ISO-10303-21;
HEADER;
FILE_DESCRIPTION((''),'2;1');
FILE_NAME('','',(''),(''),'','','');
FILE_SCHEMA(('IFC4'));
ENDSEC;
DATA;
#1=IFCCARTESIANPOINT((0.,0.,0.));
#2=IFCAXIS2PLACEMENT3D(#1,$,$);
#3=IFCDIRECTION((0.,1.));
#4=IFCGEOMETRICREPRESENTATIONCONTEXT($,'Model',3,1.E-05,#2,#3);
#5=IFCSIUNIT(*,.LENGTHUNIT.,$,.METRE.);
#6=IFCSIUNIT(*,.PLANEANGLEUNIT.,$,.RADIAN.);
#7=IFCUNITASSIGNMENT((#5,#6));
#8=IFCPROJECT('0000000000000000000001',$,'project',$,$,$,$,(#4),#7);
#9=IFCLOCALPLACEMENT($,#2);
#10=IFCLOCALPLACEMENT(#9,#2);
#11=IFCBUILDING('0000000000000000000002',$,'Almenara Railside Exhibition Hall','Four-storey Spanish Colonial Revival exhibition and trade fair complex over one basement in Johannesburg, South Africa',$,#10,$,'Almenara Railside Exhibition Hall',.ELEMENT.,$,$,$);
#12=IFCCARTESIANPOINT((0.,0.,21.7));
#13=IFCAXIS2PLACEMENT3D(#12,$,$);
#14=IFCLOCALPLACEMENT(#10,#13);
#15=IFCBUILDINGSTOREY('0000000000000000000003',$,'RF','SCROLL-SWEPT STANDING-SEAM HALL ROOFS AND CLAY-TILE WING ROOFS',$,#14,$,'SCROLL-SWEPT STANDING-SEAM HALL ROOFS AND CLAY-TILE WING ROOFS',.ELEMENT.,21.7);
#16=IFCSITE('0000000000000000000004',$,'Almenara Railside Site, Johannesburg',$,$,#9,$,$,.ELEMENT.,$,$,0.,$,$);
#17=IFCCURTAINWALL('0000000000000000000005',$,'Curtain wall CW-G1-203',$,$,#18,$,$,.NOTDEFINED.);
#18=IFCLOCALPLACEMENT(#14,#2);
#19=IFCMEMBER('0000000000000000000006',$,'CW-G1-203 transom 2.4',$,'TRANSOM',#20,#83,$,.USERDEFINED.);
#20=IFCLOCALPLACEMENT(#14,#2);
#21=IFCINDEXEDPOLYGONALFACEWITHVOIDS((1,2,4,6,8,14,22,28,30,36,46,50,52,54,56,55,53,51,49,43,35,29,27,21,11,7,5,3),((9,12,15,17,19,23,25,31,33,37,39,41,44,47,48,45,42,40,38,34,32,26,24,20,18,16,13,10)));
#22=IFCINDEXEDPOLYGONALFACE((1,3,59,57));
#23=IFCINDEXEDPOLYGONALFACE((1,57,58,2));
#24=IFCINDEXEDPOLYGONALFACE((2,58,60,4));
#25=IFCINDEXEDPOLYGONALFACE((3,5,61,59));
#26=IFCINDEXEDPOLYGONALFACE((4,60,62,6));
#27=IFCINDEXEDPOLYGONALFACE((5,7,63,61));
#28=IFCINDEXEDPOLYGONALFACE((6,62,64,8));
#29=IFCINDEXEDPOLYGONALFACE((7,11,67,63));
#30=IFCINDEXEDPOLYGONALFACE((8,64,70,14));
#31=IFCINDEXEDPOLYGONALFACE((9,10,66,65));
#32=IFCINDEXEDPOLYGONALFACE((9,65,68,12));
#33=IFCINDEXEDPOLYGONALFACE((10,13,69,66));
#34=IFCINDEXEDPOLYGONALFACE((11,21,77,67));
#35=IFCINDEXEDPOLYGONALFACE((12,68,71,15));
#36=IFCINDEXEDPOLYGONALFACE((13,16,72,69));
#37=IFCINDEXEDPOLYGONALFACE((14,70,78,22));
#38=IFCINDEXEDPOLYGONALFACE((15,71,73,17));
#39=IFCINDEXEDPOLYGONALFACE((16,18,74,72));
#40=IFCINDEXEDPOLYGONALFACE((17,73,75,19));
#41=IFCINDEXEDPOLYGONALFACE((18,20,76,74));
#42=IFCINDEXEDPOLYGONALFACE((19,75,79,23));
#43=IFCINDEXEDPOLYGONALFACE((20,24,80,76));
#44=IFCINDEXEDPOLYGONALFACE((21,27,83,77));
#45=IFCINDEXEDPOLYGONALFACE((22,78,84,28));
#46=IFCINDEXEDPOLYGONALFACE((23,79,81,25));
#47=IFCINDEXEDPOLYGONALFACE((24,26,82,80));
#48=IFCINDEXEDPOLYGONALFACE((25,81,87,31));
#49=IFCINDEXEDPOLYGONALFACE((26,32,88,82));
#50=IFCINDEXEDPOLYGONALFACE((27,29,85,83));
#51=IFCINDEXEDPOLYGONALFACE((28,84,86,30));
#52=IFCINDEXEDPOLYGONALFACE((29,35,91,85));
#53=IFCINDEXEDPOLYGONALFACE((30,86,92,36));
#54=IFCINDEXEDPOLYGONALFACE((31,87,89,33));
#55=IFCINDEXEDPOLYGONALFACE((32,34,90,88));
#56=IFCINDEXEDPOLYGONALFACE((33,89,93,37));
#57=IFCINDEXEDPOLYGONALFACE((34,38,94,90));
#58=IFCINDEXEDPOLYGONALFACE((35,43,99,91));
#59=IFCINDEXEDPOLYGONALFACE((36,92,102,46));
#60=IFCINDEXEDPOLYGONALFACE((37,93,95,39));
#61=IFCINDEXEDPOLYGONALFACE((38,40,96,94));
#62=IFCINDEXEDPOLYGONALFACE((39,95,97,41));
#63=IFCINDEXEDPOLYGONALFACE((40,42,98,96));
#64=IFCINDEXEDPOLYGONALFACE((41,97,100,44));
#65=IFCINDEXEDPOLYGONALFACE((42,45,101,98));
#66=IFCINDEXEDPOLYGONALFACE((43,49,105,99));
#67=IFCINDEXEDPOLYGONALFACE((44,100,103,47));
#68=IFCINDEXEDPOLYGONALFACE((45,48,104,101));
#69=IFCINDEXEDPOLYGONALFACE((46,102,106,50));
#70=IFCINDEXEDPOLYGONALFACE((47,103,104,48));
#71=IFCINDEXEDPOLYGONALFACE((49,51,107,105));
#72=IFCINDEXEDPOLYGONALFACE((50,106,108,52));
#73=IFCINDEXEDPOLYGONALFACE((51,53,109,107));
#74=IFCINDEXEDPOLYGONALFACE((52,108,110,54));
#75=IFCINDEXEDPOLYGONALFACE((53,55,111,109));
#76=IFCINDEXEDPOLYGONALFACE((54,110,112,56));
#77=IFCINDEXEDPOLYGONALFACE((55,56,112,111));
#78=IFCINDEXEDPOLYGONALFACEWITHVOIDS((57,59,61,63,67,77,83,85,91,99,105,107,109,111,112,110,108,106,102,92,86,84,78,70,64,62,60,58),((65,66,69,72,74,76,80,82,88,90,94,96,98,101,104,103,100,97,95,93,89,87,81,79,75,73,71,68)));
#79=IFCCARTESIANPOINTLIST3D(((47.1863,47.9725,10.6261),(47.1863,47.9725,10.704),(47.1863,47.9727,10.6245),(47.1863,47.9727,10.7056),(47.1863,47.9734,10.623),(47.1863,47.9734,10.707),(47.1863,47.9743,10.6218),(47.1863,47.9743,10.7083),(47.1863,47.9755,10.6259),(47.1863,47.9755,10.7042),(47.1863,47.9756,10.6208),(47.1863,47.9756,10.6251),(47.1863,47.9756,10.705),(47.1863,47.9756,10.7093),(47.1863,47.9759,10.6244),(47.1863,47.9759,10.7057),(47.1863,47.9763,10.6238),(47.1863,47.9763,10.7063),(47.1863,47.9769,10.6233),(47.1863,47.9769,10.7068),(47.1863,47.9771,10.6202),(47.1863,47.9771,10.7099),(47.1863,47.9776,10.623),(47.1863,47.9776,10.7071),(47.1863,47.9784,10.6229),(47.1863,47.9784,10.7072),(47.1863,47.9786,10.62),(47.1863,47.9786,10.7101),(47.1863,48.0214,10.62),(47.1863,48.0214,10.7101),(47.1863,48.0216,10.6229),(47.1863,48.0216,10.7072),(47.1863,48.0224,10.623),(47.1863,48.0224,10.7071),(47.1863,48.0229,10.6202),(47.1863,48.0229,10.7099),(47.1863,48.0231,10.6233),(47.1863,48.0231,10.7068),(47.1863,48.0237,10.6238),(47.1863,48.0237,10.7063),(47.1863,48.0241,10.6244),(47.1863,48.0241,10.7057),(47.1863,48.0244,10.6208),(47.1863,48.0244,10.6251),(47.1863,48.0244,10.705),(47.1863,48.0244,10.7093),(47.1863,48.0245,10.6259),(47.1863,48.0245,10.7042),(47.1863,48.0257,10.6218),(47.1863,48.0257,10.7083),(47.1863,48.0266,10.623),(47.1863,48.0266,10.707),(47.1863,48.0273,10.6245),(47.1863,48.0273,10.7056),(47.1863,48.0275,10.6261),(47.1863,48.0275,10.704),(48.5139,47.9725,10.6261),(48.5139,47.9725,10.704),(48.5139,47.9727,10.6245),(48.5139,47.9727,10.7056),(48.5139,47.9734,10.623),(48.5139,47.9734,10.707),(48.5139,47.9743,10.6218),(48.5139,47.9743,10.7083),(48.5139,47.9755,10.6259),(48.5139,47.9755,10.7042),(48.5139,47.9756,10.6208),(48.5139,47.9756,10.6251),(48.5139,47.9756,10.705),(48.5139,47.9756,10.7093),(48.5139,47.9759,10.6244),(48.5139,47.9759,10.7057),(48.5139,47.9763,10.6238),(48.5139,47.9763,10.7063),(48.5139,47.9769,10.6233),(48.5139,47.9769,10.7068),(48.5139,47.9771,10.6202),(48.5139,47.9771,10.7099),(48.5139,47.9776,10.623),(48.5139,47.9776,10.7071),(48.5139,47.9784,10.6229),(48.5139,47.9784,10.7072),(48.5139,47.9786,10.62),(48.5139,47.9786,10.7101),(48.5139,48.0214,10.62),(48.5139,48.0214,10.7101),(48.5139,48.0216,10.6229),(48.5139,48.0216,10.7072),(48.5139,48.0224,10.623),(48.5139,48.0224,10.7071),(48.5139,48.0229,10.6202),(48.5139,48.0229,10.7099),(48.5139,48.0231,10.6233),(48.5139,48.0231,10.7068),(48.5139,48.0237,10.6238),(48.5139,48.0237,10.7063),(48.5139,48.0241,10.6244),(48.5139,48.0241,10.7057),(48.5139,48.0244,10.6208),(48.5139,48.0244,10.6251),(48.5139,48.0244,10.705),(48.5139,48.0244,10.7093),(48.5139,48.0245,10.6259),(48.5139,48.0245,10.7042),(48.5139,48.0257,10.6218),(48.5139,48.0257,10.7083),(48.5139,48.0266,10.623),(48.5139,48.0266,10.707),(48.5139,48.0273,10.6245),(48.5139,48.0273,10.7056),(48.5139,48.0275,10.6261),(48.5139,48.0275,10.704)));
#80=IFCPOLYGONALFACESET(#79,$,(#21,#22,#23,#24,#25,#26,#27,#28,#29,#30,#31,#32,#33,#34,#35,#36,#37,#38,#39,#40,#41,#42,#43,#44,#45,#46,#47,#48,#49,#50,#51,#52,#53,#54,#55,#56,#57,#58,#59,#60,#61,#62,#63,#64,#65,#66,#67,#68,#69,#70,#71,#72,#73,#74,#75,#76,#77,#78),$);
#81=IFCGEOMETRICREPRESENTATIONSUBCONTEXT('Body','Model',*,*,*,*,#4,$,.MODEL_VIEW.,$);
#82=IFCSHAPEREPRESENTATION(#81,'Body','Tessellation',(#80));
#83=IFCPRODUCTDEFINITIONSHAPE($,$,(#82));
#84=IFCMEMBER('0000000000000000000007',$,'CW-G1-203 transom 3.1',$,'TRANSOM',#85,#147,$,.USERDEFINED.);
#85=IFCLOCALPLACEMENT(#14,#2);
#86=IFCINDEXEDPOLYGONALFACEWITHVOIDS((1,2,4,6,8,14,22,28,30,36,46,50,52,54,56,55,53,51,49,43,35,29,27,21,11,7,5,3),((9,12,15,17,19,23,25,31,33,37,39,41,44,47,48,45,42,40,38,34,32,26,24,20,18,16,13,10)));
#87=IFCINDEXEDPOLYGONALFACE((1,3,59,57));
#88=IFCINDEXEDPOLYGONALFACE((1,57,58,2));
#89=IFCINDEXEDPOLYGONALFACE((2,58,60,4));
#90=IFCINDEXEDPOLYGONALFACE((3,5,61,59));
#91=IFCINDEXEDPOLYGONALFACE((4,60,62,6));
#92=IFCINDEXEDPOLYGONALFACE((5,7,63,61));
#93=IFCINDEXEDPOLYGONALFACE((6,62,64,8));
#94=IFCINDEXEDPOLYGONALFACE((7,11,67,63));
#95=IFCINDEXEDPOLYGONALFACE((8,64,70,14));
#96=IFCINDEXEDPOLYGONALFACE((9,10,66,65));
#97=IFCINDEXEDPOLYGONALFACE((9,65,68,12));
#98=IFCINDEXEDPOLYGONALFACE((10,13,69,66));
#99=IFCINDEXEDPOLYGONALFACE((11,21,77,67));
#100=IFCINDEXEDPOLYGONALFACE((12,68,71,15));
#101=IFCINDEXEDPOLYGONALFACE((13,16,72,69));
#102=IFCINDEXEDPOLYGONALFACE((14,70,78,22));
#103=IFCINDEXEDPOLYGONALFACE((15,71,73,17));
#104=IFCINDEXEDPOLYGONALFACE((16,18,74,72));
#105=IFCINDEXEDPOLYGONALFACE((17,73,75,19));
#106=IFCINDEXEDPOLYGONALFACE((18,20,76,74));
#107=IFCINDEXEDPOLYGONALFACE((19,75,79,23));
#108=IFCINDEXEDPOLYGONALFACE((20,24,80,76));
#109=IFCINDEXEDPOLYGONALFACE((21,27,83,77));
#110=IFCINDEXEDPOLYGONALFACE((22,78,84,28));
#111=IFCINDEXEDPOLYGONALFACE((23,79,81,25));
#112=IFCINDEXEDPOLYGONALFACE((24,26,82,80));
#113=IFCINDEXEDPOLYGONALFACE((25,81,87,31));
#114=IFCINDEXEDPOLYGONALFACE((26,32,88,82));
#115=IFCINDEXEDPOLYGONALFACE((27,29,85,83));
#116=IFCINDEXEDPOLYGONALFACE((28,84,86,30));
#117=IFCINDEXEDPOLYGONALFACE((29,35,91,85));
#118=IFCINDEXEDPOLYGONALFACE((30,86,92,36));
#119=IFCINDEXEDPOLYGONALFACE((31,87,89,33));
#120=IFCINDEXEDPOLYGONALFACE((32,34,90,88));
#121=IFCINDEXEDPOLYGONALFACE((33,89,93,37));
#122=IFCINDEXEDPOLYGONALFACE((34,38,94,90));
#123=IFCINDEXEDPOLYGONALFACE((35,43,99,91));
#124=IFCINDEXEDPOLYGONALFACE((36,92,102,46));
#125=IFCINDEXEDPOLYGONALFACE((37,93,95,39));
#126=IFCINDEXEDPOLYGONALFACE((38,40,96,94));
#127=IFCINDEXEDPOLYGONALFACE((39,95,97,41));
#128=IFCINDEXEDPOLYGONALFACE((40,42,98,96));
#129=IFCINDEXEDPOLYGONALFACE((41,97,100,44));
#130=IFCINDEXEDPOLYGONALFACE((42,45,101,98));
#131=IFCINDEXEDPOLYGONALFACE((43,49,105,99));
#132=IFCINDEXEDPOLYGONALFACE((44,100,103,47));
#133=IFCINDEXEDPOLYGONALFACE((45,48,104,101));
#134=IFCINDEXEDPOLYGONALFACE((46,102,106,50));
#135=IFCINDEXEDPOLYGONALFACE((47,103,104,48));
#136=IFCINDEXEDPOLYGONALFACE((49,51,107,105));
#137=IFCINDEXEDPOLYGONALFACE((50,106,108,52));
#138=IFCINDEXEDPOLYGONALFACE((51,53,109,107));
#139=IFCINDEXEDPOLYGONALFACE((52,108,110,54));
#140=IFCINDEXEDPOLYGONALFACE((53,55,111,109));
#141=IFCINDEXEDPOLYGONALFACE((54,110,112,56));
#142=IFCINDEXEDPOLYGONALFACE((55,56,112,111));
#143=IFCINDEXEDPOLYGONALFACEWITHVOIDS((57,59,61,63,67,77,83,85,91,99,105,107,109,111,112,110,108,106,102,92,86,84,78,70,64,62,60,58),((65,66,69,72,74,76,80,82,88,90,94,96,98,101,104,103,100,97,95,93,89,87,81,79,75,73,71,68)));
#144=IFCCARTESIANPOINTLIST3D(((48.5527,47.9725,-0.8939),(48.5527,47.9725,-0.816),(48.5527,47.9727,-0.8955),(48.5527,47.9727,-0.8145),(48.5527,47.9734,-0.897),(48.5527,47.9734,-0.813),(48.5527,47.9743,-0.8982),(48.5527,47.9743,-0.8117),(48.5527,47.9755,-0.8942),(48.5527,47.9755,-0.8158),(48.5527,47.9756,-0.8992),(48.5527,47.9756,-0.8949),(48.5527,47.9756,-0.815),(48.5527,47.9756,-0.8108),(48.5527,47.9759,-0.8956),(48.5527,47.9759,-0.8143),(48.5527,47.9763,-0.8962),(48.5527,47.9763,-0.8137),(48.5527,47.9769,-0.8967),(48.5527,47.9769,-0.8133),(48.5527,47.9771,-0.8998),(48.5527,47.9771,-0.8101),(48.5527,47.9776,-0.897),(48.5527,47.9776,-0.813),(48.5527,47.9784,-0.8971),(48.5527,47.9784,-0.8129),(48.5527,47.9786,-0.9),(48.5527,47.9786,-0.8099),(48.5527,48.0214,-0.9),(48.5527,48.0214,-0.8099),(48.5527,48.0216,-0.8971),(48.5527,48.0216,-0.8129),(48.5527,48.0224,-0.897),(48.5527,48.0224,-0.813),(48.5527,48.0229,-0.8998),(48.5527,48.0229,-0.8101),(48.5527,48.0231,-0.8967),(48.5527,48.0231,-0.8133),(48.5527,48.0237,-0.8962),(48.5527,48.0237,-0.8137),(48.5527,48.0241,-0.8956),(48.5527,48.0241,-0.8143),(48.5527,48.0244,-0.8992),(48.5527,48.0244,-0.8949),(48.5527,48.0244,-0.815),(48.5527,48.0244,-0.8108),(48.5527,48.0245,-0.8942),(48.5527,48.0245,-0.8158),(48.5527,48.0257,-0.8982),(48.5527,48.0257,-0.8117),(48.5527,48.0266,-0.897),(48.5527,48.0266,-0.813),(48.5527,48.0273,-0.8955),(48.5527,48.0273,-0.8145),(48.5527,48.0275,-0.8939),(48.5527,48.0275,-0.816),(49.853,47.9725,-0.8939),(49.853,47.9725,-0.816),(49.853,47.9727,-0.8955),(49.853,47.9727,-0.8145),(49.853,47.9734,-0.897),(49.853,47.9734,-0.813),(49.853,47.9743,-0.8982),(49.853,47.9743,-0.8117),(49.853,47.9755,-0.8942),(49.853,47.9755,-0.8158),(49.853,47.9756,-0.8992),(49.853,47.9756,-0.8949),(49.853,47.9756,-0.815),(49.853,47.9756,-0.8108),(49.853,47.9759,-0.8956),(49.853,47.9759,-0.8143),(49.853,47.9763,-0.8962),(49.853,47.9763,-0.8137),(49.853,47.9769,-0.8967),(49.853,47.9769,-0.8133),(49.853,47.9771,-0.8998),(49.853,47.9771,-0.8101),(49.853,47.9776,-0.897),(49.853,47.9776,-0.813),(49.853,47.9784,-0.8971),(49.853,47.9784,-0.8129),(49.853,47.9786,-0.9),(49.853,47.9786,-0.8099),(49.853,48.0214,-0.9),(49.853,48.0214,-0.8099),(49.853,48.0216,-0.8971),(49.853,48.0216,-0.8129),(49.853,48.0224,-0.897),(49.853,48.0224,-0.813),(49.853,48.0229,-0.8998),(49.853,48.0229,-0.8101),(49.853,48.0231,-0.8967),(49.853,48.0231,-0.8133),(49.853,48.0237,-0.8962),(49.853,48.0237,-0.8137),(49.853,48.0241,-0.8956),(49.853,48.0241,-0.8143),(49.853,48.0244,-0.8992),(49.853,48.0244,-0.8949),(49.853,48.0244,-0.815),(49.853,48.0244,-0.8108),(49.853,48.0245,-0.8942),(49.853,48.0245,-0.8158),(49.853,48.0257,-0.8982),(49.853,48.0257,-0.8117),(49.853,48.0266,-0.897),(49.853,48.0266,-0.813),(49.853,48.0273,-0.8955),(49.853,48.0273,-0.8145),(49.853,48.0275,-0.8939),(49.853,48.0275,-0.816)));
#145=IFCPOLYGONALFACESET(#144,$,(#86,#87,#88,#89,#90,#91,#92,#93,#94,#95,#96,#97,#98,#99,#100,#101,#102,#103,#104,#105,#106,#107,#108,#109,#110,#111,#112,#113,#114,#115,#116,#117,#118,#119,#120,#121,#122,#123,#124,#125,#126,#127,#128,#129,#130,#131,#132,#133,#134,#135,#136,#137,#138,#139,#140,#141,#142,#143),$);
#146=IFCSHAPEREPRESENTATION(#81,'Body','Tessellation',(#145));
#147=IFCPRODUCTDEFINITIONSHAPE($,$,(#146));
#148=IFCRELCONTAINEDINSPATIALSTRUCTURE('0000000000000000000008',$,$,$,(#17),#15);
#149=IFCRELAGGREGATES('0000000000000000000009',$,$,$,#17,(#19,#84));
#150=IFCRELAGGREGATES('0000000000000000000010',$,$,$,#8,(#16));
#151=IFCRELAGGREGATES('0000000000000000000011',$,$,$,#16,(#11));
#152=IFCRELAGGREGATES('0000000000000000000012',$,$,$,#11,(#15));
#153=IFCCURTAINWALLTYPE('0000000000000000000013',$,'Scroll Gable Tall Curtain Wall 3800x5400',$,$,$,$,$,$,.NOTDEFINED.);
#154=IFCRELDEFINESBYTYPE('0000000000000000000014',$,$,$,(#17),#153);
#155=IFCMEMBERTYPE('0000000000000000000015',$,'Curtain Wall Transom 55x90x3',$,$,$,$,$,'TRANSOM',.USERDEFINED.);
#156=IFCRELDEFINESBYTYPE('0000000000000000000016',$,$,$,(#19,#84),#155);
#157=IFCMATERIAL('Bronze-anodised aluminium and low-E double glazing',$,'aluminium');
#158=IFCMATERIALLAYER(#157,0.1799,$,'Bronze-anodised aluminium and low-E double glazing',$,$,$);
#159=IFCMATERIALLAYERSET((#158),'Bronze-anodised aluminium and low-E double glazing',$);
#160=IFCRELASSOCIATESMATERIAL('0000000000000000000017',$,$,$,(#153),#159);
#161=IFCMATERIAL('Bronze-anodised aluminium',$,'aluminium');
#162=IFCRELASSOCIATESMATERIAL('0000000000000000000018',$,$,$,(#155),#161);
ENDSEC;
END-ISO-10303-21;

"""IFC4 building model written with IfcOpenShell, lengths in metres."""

from ifc_helpers import new_model, si_unit, direction, frame, origin, origin_2d, place, context, subcontext, project, spatial, hollow_rectangle, extrude, material, layer, layer_set, material_profile, profile_set, type_object, element, aggregate, save


model = new_model("IFC4")

# Units and contexts
model_context = context("Model", 3, precision=1e-05, world=origin(), true_north=direction((0.0, 1.0)))
body_context = subcontext(model_context, "Body", "Model", "MODEL_VIEW")
ifc_project = project(units=[si_unit("LENGTHUNIT", "METRE"), si_unit("PLANEANGLEUNIT", "RADIAN")], contexts=[model_context])

# Site, building, storey
site_placement = place(None, origin())
site = spatial("IfcSite", under=ifc_project, at=site_placement, Name="Almenara Railside Site, Johannesburg", CompositionType="ELEMENT", RefElevation=0.0)
building_placement = place(site_placement, origin())
building = spatial("IfcBuilding", under=site, at=building_placement, Name="Almenara Railside Exhibition Hall", Description="Four-storey Spanish Colonial Revival exhibition and trade fair complex over one basement in Johannesburg, South Africa", LongName="Almenara Railside Exhibition Hall", CompositionType="ELEMENT")
storey_placement = place(building_placement, frame((0.0, 0.0, 21.7)))
storey = spatial("IfcBuildingStorey", under=building, at=storey_placement, Name="RF", Description="SCROLL-SWEPT STANDING-SEAM HALL ROOFS AND CLAY-TILE WING ROOFS", LongName="SCROLL-SWEPT STANDING-SEAM HALL ROOFS AND CLAY-TILE WING ROOFS", CompositionType="ELEMENT", Elevation=21.7)

# Curtain wall
ifc_material_1 = material(Name="Bronze-anodised aluminium and low-E double glazing", Category="aluminium")
ifc_layer_1 = layer(ifc_material_1, 0.1799, Name="Bronze-anodised aluminium and low-E double glazing")
ifc_layer_set_1 = layer_set([ifc_layer_1], Name="Bronze-anodised aluminium and low-E double glazing")
curtain_wall_type = type_object("IfcCurtainWallType", Name="Scroll Gable Tall Curtain Wall 3800x5400", PredefinedType="NOTDEFINED", material=ifc_layer_set_1)
curtain_wall_1_placement = place(storey_placement, origin())
curtain_wall_1 = element("IfcCurtainWall", 1, at=curtain_wall_1_placement, inside=storey, type_object=curtain_wall_type, Name="Curtain wall CW-G1-203", PredefinedType="NOTDEFINED")
ifc_material_2 = material(Name="Bronze-anodised aluminium", Category="aluminium")

# Members
ifc_material_profile_1 = material_profile(ifc_material_2, hollow_rectangle(XDim=0.0549, YDim=0.0901, WallThickness=0.0029, InnerFilletRadius=0.0029, OuterFilletRadius=0.0061, at=origin_2d()), Name="ALU-TRN 55x90x3")
ifc_profile_set_1 = profile_set([ifc_material_profile_1], Name="Bronze-anodised aluminium")
member_type_1 = type_object("IfcMemberType", Name="Curtain Wall Transom 55x90x3", ElementType="TRANSOM", PredefinedType="USERDEFINED", material=ifc_profile_set_1)
member_1_placement = place(storey_placement, frame((47.1863, 48.0, 10.665), z_axis=(1.0, 0.0, 0.0), x_axis=(0.0, 1.0, 0.0)))
member_1 = element("IfcMember", 2, at=member_1_placement, type_object=member_type_1, Name="CW-G1-203 transom 2.4", ObjectType="TRANSOM", PredefinedType="USERDEFINED", context=body_context, shape_type="SweptSolid", body=[
    extrude(hollow_rectangle(XDim=0.0549, YDim=0.0901, WallThickness=0.0029, InnerFilletRadius=0.0029, OuterFilletRadius=0.0061, at=origin_2d()), origin(), (0.0, 0.0, 1.0), 1.3276),
])
member_2_placement = place(storey_placement, frame((48.5527, 48.0, -0.855), z_axis=(1.0, 0.0, 0.0), x_axis=(0.0, 1.0, 0.0)))
member_2 = element("IfcMember", 3, at=member_2_placement, type_object=member_type_1, Name="CW-G1-203 transom 3.1", ObjectType="TRANSOM", PredefinedType="USERDEFINED", context=body_context, shape_type="SweptSolid", body=[
    extrude(hollow_rectangle(XDim=0.0549, YDim=0.0901, WallThickness=0.0029, InnerFilletRadius=0.0029, OuterFilletRadius=0.0061, at=origin_2d()), origin(), (0.0, 0.0, 1.0), 1.3003),
])

aggregate(curtain_wall_1, [member_1, member_2])

save(model, "model.ifc")
